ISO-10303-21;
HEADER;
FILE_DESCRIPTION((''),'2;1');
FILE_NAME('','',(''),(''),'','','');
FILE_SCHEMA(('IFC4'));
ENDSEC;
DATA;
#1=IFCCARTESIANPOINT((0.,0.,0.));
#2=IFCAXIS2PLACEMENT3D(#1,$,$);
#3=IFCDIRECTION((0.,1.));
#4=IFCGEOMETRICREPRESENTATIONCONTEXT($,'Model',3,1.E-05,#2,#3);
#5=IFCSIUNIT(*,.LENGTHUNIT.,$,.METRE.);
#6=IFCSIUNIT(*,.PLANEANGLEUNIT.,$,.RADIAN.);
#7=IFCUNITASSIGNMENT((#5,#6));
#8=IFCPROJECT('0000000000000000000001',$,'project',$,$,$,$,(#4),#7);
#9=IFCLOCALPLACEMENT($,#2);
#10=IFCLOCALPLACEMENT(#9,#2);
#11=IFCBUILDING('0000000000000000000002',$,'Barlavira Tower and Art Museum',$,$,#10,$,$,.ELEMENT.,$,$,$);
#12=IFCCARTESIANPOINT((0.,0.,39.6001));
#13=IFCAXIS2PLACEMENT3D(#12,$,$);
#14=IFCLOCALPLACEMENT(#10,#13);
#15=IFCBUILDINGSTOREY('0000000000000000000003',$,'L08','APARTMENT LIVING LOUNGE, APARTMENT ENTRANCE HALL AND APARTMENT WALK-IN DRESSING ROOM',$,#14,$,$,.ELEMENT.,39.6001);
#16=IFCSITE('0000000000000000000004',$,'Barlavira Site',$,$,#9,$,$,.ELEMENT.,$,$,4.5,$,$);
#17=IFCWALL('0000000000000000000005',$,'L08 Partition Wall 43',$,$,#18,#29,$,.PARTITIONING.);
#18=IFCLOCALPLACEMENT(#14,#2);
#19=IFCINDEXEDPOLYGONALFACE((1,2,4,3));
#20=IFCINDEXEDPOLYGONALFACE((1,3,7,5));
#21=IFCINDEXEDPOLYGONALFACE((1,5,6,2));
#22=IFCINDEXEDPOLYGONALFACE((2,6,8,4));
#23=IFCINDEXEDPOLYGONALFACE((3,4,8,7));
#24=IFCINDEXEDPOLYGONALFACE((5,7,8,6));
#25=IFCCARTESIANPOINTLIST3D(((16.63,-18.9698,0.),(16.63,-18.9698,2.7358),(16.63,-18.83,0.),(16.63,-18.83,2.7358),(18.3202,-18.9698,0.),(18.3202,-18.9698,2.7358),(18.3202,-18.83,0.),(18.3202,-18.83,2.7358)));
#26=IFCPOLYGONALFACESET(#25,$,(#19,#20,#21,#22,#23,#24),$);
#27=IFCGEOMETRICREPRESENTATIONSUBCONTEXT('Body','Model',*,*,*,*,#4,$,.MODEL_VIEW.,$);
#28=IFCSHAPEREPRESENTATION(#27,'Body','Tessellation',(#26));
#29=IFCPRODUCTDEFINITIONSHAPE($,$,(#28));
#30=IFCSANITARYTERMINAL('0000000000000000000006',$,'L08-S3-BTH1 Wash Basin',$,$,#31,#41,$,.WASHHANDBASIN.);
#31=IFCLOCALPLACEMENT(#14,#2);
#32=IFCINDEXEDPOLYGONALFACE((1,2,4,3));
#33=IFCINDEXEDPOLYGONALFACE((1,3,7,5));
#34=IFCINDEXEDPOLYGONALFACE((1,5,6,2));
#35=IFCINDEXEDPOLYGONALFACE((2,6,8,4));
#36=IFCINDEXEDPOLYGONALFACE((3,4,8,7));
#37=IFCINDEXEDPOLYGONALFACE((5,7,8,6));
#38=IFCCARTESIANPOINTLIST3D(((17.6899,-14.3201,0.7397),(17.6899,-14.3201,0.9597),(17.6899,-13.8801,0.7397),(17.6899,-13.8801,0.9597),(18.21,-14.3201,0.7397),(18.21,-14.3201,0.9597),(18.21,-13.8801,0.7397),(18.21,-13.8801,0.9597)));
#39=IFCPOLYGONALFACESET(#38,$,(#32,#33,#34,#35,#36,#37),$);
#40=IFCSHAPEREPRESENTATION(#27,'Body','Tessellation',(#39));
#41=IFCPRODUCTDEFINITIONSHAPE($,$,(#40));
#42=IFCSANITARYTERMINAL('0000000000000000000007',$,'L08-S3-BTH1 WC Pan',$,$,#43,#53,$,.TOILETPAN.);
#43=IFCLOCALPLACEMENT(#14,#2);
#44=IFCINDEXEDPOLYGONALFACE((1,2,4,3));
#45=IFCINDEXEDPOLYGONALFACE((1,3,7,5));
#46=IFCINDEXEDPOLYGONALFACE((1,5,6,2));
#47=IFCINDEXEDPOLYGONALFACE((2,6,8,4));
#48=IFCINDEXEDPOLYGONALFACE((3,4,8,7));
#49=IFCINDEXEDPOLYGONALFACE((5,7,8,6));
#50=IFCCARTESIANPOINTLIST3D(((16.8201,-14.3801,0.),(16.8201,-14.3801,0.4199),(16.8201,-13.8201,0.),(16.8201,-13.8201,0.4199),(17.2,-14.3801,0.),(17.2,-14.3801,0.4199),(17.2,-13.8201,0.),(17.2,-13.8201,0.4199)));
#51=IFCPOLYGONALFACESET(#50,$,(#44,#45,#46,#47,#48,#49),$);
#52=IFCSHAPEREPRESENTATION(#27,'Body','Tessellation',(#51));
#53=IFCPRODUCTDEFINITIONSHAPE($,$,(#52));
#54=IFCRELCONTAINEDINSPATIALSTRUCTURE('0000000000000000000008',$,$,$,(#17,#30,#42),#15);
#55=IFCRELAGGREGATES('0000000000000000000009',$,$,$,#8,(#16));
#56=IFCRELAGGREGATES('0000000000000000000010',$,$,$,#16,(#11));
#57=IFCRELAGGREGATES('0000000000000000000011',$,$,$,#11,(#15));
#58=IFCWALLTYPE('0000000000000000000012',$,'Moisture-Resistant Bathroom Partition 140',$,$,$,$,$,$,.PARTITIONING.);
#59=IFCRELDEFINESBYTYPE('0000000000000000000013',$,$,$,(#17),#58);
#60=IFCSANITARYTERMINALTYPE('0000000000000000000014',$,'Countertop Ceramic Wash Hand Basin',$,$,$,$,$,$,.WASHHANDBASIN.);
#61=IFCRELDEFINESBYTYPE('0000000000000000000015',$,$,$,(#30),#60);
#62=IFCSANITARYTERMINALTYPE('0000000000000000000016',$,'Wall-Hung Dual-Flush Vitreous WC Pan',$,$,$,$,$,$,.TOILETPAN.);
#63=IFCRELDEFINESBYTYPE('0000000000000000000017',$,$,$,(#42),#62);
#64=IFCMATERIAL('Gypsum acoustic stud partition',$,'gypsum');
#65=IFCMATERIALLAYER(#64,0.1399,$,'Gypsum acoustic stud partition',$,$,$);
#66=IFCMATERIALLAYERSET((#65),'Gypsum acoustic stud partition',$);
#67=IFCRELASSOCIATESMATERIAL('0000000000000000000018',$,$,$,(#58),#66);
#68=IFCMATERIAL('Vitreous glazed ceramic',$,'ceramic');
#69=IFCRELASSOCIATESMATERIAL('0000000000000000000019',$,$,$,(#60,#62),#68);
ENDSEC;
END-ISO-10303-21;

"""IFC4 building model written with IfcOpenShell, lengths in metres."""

from ifc_helpers import new_model, si_unit, direction, frame, frame_2d, origin, origin_2d, place, context, subcontext, project, spatial, rectangle, extrude, material, layer, layer_set, type_object, element, save


model = new_model("IFC4")

# Units and contexts
model_context = context("Model", 3, precision=1e-05, world=origin(), true_north=direction((0.0, 1.0)))
body_context = subcontext(model_context, "Body", "Model", "MODEL_VIEW")
ifc_project = project(units=[si_unit("LENGTHUNIT", "METRE"), si_unit("PLANEANGLEUNIT", "RADIAN")], contexts=[model_context])

# Site, building, storey
site_placement = place(None, origin())
site = spatial("IfcSite", under=ifc_project, at=site_placement, Name="Barlavira Site", CompositionType="ELEMENT", RefElevation=4.5)
building_placement = place(site_placement, origin())
building = spatial("IfcBuilding", under=site, at=building_placement, Name="Barlavira Tower and Art Museum", CompositionType="ELEMENT")
storey_placement = place(building_placement, frame((0.0, 0.0, 39.6001)))
storey = spatial("IfcBuildingStorey", under=building, at=storey_placement, Name="L08", Description="APARTMENT LIVING LOUNGE, APARTMENT ENTRANCE HALL AND APARTMENT WALK-IN DRESSING ROOM", CompositionType="ELEMENT", Elevation=39.6001)

# Shared definitions
ifc_material_1 = material(Name="Gypsum acoustic stud partition", Category="gypsum")

# Shared definitions
ifc_layer_1 = layer(ifc_material_1, 0.1399, Name="Gypsum acoustic stud partition")
ifc_layer_set_1 = layer_set([ifc_layer_1], Name="Gypsum acoustic stud partition")
wall_type_1 = type_object("IfcWallType", Name="Moisture-Resistant Bathroom Partition 140", PredefinedType="PARTITIONING", material=ifc_layer_set_1)

# Wall
wall_1_placement = place(storey_placement, frame((16.6299, -18.8999, 0.0), z_axis=(0.0, 0.0, 1.0), x_axis=(1.0, 0.0, 0.0)))
element("IfcWall", 1, at=wall_1_placement, inside=storey, type_object=wall_type_1, Name="L08 Partition Wall 43", PredefinedType="PARTITIONING", context=body_context, shape_type="SweptSolid", body=[
    extrude(rectangle(XDim=1.6902, YDim=0.1399, at=frame_2d((0.8452, 0.0))), origin(), (0.0, 0.0, 1.0), 2.7358),
])

# Sanitary terminals
ifc_material_2 = material(Name="Vitreous glazed ceramic", Category="ceramic")
sanitary_terminal_type_1 = type_object("IfcSanitaryTerminalType", Name="Countertop Ceramic Wash Hand Basin", PredefinedType="WASHHANDBASIN", material=ifc_material_2)
sanitary_terminal_1_placement = place(storey_placement, frame((17.95, -14.1001, 0.7397), z_axis=(0.0, 0.0, 1.0), x_axis=(1.0, 0.0, 0.0)))
element("IfcSanitaryTerminal", 2, at=sanitary_terminal_1_placement, inside=storey, type_object=sanitary_terminal_type_1, Name="L08-S3-BTH1 Wash Basin", PredefinedType="WASHHANDBASIN", context=body_context, shape_type="SweptSolid", body=[
    extrude(rectangle(XDim=0.52, YDim=0.4399, at=origin_2d()), origin(), (0.0, 0.0, 1.0), 0.22),
])
sanitary_terminal_type_2 = type_object("IfcSanitaryTerminalType", Name="Wall-Hung Dual-Flush Vitreous WC Pan", PredefinedType="TOILETPAN", material=ifc_material_2)
sanitary_terminal_2_placement = place(storey_placement, frame((17.01, -14.1001, 0.0), z_axis=(0.0, 0.0, 1.0), x_axis=(1.0, 0.0, 0.0)))
element("IfcSanitaryTerminal", 3, at=sanitary_terminal_2_placement, inside=storey, type_object=sanitary_terminal_type_2, Name="L08-S3-BTH1 WC Pan", PredefinedType="TOILETPAN", context=body_context, shape_type="SweptSolid", body=[
    extrude(rectangle(XDim=0.3799, YDim=0.5601, at=origin_2d()), origin(), (0.0, 0.0, 1.0), 0.4199),
])

save(model, "model.ifc")
